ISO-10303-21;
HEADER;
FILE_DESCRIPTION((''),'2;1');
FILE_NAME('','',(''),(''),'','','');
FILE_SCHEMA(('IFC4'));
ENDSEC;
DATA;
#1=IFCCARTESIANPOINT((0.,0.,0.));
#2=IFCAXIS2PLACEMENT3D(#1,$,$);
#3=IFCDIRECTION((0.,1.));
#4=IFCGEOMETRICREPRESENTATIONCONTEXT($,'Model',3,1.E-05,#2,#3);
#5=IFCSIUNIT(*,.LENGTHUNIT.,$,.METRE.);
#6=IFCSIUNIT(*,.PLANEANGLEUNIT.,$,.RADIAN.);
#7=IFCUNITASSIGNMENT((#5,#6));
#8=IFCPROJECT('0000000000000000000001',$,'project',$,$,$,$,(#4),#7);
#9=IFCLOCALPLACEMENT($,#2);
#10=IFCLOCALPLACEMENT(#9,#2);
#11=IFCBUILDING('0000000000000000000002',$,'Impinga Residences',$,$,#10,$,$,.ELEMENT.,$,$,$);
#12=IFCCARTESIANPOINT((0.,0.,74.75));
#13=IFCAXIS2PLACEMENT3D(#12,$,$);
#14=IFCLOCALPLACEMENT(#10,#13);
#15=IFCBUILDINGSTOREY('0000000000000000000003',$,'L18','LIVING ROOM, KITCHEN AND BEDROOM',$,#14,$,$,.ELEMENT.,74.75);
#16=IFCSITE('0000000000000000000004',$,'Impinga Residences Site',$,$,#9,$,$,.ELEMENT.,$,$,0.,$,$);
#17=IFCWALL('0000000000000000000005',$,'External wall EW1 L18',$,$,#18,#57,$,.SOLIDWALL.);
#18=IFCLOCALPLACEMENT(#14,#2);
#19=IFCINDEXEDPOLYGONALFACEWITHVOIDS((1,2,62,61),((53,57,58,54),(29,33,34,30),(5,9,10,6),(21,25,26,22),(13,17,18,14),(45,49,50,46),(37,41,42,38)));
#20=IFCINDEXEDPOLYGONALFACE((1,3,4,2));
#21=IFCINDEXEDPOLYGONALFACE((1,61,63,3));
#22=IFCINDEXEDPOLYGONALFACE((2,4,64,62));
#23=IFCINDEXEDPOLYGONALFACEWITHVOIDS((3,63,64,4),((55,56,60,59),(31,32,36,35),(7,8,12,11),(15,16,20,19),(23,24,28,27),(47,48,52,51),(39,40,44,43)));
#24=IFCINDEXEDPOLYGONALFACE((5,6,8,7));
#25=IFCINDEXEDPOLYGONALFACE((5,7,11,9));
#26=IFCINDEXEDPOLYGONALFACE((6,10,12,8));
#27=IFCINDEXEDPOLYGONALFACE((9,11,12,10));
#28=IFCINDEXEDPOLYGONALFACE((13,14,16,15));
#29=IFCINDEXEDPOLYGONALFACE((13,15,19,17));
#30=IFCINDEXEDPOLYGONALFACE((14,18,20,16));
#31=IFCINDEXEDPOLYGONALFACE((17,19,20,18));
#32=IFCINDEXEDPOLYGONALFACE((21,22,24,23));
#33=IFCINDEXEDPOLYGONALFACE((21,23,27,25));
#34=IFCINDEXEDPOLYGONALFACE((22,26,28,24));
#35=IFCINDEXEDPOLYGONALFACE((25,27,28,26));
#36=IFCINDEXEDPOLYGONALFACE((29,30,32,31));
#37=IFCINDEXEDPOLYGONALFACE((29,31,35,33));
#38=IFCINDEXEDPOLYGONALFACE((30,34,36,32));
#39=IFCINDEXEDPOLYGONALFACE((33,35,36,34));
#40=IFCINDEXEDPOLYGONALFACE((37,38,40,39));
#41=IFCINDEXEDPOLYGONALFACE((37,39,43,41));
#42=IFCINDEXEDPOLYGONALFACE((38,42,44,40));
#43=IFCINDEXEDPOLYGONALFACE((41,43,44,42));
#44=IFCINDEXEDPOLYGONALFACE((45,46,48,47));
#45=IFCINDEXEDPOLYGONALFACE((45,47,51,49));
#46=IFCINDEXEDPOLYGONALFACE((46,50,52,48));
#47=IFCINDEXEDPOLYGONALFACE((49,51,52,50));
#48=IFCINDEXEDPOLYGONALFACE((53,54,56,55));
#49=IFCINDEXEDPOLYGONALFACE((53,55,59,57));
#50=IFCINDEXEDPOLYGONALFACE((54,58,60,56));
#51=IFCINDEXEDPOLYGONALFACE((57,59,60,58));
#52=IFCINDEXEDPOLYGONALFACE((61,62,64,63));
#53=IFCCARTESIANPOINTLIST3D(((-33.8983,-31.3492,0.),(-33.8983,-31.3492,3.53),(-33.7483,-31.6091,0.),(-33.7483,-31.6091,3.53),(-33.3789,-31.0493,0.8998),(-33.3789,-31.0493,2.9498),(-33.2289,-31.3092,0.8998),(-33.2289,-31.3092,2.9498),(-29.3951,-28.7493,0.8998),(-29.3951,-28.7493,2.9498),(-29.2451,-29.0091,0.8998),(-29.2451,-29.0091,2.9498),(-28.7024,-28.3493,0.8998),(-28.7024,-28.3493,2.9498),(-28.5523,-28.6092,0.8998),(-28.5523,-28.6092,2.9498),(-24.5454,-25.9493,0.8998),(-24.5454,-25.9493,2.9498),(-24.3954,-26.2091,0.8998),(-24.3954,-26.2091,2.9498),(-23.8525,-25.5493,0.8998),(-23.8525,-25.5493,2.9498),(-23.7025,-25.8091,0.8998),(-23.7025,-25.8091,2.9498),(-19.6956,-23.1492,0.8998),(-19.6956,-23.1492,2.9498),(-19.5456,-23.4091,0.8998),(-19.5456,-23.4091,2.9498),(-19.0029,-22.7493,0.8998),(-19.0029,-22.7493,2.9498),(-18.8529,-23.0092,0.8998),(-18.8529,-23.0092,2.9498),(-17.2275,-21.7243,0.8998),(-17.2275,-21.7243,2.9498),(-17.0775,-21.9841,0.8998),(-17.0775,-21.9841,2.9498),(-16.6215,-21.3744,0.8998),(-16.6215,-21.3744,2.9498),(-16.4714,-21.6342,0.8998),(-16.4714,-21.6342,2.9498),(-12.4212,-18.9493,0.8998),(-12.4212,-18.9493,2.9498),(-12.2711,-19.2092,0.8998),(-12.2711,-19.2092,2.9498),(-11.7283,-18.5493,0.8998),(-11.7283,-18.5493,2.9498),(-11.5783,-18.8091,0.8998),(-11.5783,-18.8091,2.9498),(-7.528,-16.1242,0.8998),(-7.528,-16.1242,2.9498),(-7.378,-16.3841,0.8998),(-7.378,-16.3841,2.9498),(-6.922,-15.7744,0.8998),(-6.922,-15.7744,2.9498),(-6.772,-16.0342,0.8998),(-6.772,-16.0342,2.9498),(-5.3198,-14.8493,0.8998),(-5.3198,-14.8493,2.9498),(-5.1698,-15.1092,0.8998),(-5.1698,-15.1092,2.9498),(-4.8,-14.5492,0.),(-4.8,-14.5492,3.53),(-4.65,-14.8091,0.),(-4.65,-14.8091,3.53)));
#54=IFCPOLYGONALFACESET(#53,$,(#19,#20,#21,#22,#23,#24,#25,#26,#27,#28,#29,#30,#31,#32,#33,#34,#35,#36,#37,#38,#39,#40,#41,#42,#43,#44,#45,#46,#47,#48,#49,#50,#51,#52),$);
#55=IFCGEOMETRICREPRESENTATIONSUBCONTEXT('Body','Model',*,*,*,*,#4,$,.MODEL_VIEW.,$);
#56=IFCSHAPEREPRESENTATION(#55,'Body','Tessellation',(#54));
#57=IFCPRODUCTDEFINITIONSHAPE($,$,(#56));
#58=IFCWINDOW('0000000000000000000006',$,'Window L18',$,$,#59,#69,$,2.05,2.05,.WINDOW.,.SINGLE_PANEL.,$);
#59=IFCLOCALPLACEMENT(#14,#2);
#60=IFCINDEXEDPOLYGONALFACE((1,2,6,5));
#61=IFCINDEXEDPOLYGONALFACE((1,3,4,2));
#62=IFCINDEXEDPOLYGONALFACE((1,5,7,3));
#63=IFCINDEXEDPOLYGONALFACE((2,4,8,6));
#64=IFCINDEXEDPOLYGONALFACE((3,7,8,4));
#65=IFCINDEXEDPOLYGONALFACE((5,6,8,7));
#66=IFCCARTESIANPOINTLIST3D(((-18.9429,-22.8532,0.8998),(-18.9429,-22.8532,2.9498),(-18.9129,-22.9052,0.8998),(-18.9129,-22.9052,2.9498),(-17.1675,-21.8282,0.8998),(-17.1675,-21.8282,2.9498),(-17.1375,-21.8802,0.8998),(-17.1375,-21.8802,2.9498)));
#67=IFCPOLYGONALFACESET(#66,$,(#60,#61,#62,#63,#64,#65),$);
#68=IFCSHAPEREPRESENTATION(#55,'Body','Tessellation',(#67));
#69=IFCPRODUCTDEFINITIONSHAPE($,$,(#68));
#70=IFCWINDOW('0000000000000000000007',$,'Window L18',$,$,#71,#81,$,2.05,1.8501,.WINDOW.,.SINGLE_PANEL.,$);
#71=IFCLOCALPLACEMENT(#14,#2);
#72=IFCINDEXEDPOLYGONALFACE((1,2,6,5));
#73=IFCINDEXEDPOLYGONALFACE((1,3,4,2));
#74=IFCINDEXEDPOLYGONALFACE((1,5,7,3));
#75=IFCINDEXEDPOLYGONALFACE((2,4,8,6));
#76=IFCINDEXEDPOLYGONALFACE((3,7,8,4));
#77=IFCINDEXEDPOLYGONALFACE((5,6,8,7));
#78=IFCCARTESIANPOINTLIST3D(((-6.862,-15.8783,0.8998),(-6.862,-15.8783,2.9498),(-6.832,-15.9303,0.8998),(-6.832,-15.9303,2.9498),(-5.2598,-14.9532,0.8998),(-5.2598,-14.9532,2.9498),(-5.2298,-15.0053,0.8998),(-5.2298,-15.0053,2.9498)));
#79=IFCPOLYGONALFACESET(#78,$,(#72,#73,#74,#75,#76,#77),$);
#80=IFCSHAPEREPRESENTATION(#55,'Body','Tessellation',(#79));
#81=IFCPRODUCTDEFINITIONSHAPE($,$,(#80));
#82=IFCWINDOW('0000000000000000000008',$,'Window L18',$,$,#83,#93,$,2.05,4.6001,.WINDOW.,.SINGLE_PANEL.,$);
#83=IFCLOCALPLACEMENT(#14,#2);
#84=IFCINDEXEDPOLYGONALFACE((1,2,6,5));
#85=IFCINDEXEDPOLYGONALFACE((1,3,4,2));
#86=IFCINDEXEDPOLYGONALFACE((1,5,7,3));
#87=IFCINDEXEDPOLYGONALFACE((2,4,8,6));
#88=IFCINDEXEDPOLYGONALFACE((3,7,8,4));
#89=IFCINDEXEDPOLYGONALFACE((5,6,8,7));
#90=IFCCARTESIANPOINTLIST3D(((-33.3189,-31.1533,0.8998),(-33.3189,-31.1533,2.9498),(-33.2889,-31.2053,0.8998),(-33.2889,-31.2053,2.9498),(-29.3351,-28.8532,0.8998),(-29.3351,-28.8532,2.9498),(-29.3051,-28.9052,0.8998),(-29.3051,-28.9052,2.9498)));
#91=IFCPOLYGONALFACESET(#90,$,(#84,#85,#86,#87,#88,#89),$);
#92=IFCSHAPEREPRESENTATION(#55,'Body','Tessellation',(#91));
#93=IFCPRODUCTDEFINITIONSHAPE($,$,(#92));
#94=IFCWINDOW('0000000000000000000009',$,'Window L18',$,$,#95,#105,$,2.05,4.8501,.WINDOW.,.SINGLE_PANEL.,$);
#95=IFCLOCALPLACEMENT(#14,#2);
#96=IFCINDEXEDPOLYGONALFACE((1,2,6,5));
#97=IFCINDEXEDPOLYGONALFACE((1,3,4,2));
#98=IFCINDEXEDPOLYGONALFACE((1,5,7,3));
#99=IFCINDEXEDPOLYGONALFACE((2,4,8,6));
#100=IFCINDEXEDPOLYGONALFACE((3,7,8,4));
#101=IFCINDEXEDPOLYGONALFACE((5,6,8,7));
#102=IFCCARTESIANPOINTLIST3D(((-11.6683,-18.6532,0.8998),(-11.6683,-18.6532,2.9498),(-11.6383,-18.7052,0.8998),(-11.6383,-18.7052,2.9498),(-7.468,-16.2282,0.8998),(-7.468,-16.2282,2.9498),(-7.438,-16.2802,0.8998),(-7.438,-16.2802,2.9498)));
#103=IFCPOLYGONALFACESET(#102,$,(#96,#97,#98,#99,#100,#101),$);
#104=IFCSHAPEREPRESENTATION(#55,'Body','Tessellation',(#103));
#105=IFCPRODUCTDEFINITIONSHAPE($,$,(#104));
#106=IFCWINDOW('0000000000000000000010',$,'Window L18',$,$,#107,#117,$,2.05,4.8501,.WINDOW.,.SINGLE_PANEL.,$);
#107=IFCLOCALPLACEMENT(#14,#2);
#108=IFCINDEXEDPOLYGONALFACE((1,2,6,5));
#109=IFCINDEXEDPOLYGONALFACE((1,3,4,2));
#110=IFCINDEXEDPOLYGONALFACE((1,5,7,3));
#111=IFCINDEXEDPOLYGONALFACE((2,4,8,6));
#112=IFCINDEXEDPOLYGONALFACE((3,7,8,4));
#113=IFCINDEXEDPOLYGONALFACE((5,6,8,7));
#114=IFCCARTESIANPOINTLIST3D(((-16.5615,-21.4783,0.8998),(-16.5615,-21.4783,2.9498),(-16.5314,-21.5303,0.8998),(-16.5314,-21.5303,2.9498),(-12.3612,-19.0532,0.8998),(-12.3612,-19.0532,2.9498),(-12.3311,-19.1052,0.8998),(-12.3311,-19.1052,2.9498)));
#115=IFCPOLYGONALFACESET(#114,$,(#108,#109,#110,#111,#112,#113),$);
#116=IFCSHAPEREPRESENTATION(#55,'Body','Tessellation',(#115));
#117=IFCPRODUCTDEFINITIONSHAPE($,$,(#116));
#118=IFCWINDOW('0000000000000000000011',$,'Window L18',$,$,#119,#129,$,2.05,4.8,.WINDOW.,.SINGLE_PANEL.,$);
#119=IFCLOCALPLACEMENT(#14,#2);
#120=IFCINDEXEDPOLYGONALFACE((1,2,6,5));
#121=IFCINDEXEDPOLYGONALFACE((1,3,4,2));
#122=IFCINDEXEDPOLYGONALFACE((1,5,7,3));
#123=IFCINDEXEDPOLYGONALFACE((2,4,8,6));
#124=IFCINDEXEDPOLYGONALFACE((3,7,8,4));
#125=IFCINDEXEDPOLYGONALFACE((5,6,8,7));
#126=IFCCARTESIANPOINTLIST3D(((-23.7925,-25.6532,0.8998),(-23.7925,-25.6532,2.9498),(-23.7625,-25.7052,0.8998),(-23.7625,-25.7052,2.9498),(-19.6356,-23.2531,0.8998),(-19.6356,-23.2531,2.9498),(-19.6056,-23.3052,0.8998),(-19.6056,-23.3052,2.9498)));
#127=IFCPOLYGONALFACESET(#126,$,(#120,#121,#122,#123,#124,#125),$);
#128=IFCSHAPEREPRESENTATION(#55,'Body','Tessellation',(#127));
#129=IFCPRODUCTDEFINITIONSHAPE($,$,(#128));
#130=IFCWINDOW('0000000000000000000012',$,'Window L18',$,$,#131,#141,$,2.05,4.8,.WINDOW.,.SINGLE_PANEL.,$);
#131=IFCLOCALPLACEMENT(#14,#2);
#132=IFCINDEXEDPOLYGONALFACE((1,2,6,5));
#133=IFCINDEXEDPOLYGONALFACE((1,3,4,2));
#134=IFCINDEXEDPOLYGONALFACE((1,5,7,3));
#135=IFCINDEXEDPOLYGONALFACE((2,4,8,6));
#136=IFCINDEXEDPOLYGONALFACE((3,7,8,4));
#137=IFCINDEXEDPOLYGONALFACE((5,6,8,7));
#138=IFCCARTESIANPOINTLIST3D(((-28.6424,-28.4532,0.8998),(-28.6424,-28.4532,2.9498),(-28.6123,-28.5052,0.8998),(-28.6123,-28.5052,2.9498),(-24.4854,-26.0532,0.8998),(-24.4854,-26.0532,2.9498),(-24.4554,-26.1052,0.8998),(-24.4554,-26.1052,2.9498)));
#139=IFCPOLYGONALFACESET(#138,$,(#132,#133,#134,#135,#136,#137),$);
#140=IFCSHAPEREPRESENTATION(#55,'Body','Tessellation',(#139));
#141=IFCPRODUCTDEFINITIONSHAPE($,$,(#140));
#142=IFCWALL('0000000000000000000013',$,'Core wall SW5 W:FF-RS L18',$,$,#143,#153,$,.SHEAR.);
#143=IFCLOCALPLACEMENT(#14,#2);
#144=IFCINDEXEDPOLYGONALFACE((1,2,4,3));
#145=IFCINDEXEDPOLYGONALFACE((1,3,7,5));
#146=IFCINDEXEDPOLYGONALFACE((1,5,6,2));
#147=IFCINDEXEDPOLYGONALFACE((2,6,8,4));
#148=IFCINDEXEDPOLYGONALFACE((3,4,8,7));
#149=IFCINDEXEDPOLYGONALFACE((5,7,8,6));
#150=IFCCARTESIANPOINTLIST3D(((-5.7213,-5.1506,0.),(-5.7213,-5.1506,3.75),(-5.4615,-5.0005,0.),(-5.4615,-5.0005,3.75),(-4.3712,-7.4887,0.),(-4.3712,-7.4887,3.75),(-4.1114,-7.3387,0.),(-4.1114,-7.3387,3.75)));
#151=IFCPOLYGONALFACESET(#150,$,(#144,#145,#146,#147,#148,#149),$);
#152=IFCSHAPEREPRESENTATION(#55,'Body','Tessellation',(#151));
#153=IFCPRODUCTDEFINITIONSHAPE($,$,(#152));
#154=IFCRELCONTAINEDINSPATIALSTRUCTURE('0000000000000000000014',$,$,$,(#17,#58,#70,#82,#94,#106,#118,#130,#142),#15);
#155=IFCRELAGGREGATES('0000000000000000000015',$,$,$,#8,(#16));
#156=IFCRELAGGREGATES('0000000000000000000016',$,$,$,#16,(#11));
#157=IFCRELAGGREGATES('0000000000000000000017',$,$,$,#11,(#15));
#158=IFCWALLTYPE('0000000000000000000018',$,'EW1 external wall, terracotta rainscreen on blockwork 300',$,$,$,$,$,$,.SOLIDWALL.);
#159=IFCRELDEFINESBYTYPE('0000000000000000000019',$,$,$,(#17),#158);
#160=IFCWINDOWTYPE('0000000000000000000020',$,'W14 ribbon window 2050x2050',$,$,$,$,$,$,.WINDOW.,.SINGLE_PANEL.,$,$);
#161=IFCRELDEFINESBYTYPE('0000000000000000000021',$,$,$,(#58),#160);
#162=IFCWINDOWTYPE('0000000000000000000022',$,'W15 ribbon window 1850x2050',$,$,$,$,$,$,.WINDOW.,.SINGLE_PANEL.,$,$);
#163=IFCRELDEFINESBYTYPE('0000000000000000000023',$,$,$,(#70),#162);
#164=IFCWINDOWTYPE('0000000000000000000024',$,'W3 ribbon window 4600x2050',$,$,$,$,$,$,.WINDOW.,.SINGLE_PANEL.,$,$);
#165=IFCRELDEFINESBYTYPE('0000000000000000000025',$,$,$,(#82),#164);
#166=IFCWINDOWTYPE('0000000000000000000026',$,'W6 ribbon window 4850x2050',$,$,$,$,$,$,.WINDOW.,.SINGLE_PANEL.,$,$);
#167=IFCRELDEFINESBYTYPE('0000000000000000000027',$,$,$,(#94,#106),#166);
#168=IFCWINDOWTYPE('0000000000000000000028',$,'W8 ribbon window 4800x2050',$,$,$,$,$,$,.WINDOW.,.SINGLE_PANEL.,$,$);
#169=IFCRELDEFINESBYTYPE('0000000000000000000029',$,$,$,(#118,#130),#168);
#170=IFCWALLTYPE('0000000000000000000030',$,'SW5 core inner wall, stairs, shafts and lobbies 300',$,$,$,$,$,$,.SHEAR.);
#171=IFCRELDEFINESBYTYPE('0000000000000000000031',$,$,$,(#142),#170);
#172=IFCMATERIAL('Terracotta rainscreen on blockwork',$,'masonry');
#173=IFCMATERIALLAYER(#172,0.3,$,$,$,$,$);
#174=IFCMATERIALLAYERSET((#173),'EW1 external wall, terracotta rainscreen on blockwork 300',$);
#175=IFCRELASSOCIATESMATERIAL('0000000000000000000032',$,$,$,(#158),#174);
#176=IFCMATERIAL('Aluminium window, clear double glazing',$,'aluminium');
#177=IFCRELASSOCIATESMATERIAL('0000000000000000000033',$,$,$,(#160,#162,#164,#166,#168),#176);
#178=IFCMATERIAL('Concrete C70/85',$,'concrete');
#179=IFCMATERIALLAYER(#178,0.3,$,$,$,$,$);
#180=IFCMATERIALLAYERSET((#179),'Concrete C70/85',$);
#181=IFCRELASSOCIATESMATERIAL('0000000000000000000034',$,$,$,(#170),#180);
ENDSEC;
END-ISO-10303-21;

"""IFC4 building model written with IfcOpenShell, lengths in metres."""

from ifc_helpers import new_model, si_unit, direction, frame, frame_2d, origin, place, context, subcontext, project, spatial, rectangle, extrude, material, layer, layer_set, type_object, element, fill, save


model = new_model("IFC4")

# Units and contexts
model_context = context("Model", 3, precision=1e-05, world=origin(), true_north=direction((0.0, 1.0)))
body_context = subcontext(model_context, "Body", "Model", "MODEL_VIEW")
ifc_project = project(units=[si_unit("LENGTHUNIT", "METRE"), si_unit("PLANEANGLEUNIT", "RADIAN")], contexts=[model_context])

# Site, building, storey
site_placement = place(None, origin())
site = spatial("IfcSite", under=ifc_project, at=site_placement, Name="Impinga Residences Site", CompositionType="ELEMENT", RefElevation=0.0)
building_placement = place(site_placement, origin())
building = spatial("IfcBuilding", under=site, at=building_placement, Name="Impinga Residences", CompositionType="ELEMENT")
storey_placement = place(building_placement, frame((0.0, 0.0, 74.75)))
storey = spatial("IfcBuildingStorey", under=building, at=storey_placement, Name="L18", Description="LIVING ROOM, KITCHEN AND BEDROOM", CompositionType="ELEMENT", Elevation=74.75)

# Shared definitions
ifc_material_1 = material(Name="Concrete C70/85", Category="concrete")

# Shared definitions
ifc_material_2 = material(Name="Terracotta rainscreen on blockwork", Category="masonry")
ifc_layer_1 = layer(ifc_material_2, 0.3)
ifc_layer_set_1 = layer_set([ifc_layer_1], Name="EW1 external wall, terracotta rainscreen on blockwork 300")
wall_type_1 = type_object("IfcWallType", Name="EW1 external wall, terracotta rainscreen on blockwork 300", PredefinedType="SOLIDWALL", material=ifc_layer_set_1)

# Wall, openings, windows
wall_1_placement = place(storey_placement, frame((-4.7251, -14.6792, 0.0), z_axis=(0.0, 0.0, 1.0), x_axis=(-0.866024, -0.500002, 0.0)))
wall_1 = element("IfcWall", 1, at=wall_1_placement, inside=storey, type_object=wall_type_1, Name="External wall EW1 L18", PredefinedType="SOLIDWALL", context=body_context, shape_type="SweptSolid", body=[
    extrude(rectangle(XDim=33.5999, YDim=0.3, at=frame_2d((16.7998, 0.0))), origin(), (0.0, 0.0, 1.0), 3.53),
])
opening_1_placement = place(wall_1_placement, frame((0.6001, 0.0, 0.8999)))
opening_1 = element("IfcOpeningElement", 2, at=opening_1_placement, cuts=wall_1, PredefinedType="OPENING", context=body_context, shape_type="SweptSolid", body=[
    extrude(rectangle(XDim=1.8501, YDim=2.05, at=frame_2d((0.925, 1.0249))), frame((0.0, 0.1599, 0.0), z_axis=(0.0, -1.0, 0.0), x_axis=(1.0, 0.0, 0.0)), (0.0, 0.0, 1.0), 0.3201),
])
opening_2_placement = place(wall_1_placement, frame((3.1499, 0.0, 0.8999)))
opening_2 = element("IfcOpeningElement", 3, at=opening_2_placement, cuts=wall_1, PredefinedType="OPENING", context=body_context, shape_type="SweptSolid", body=[
    extrude(rectangle(XDim=4.8501, YDim=2.05, at=frame_2d((2.425, 1.0249))), frame((0.0, 0.1599, 0.0), z_axis=(0.0, -1.0, 0.0), x_axis=(1.0, 0.0, 0.0)), (0.0, 0.0, 1.0), 0.3201),
])
opening_3_placement = place(wall_1_placement, frame((8.8, 0.0, 0.8999)))
opening_3 = element("IfcOpeningElement", 4, at=opening_3_placement, cuts=wall_1, PredefinedType="OPENING", context=body_context, shape_type="SweptSolid", body=[
    extrude(rectangle(XDim=4.8501, YDim=2.05, at=frame_2d((2.425, 1.0249))), frame((0.0, 0.1599, 0.0), z_axis=(0.0, -1.0, 0.0), x_axis=(1.0, 0.0, 0.0)), (0.0, 0.0, 1.0), 0.3201),
])
opening_4_placement = place(wall_1_placement, frame((14.3501, 0.0, 0.8999)))
opening_4 = element("IfcOpeningElement", 5, at=opening_4_placement, cuts=wall_1, PredefinedType="OPENING", context=body_context, shape_type="SweptSolid", body=[
    extrude(rectangle(XDim=2.05, YDim=2.05, at=frame_2d((1.0249, 1.0249))), frame((0.0, 0.1599, 0.0), z_axis=(0.0, -1.0, 0.0), x_axis=(1.0, 0.0, 0.0)), (0.0, 0.0, 1.0), 0.3201),
])
opening_5_placement = place(wall_1_placement, frame((17.2, 0.0, 0.8999)))
opening_5 = element("IfcOpeningElement", 6, at=opening_5_placement, cuts=wall_1, PredefinedType="OPENING", context=body_context, shape_type="SweptSolid", body=[
    extrude(rectangle(XDim=4.8, YDim=2.05, at=frame_2d((2.3999, 1.0249))), frame((0.0, 0.1599, 0.0), z_axis=(0.0, -1.0, 0.0), x_axis=(1.0, 0.0, 0.0)), (0.0, 0.0, 1.0), 0.3201),
])
opening_6_placement = place(wall_1_placement, frame((22.8, 0.0, 0.8999)))
opening_6 = element("IfcOpeningElement", 7, at=opening_6_placement, cuts=wall_1, PredefinedType="OPENING", context=body_context, shape_type="SweptSolid", body=[
    extrude(rectangle(XDim=4.8, YDim=2.05, at=frame_2d((2.3999, 1.0249))), frame((0.0, 0.1599, 0.0), z_axis=(0.0, -1.0, 0.0), x_axis=(1.0, 0.0, 0.0)), (0.0, 0.0, 1.0), 0.3201),
])
opening_7_placement = place(wall_1_placement, frame((28.3999, 0.0, 0.8999)))
opening_7 = element("IfcOpeningElement", 8, at=opening_7_placement, cuts=wall_1, PredefinedType="OPENING", context=body_context, shape_type="SweptSolid", body=[
    extrude(rectangle(XDim=4.6001, YDim=2.05, at=frame_2d((2.3, 1.0249))), frame((0.0, 0.1599, 0.0), z_axis=(0.0, -1.0, 0.0), x_axis=(1.0, 0.0, 0.0)), (0.0, 0.0, 1.0), 0.3201),
])
ifc_material_3 = material(Name="Aluminium window, clear double glazing", Category="aluminium")
window_type_1 = type_object("IfcWindowType", Name="W14 ribbon window 2050x2050", PartitioningType="SINGLE_PANEL", PredefinedType="WINDOW", material=ifc_material_3)
window_1_placement = place(opening_4_placement, origin())
window_1 = element("IfcWindow", 9, at=window_1_placement, inside=storey, type_object=window_type_1, Name="Window L18", OverallHeight=2.05, OverallWidth=2.05, PartitioningType="SINGLE_PANEL", PredefinedType="WINDOW", context=body_context, shape_type="SweptSolid", body=[
    extrude(rectangle(XDim=2.05, YDim=2.05, at=frame_2d((1.0249, 1.0249))), frame((0.0, 0.03, 0.0), z_axis=(0.0, -1.0, 0.0), x_axis=(1.0, 0.0, 0.0)), (0.0, 0.0, 1.0), 0.0601),
])
fill(opening_4, window_1)
window_type_2 = type_object("IfcWindowType", Name="W15 ribbon window 1850x2050", PartitioningType="SINGLE_PANEL", PredefinedType="WINDOW", material=ifc_material_3)
window_2_placement = place(opening_1_placement, origin())
window_2 = element("IfcWindow", 10, at=window_2_placement, inside=storey, type_object=window_type_2, Name="Window L18", OverallHeight=2.05, OverallWidth=1.8501, PartitioningType="SINGLE_PANEL", PredefinedType="WINDOW", context=body_context, shape_type="SweptSolid", body=[
    extrude(rectangle(XDim=1.8501, YDim=2.05, at=frame_2d((0.925, 1.0249))), frame((0.0, 0.03, 0.0), z_axis=(0.0, -1.0, 0.0), x_axis=(1.0, 0.0, 0.0)), (0.0, 0.0, 1.0), 0.0601),
])
fill(opening_1, window_2)
window_type_3 = type_object("IfcWindowType", Name="W3 ribbon window 4600x2050", PartitioningType="SINGLE_PANEL", PredefinedType="WINDOW", material=ifc_material_3)
window_3_placement = place(opening_7_placement, origin())
window_3 = element("IfcWindow", 11, at=window_3_placement, inside=storey, type_object=window_type_3, Name="Window L18", OverallHeight=2.05, OverallWidth=4.6001, PartitioningType="SINGLE_PANEL", PredefinedType="WINDOW", context=body_context, shape_type="SweptSolid", body=[
    extrude(rectangle(XDim=4.6001, YDim=2.05, at=frame_2d((2.3, 1.0249))), frame((0.0, 0.03, 0.0), z_axis=(0.0, -1.0, 0.0), x_axis=(1.0, 0.0, 0.0)), (0.0, 0.0, 1.0), 0.0601),
])
fill(opening_7, window_3)
window_type_4 = type_object("IfcWindowType", Name="W6 ribbon window 4850x2050", PartitioningType="SINGLE_PANEL", PredefinedType="WINDOW", material=ifc_material_3)
window_4_placement = place(opening_2_placement, origin())
window_4 = element("IfcWindow", 12, at=window_4_placement, inside=storey, type_object=window_type_4, Name="Window L18", OverallHeight=2.05, OverallWidth=4.8501, PartitioningType="SINGLE_PANEL", PredefinedType="WINDOW", context=body_context, shape_type="SweptSolid", body=[
    extrude(rectangle(XDim=4.8501, YDim=2.05, at=frame_2d((2.425, 1.0249))), frame((0.0, 0.03, 0.0), z_axis=(0.0, -1.0, 0.0), x_axis=(1.0, 0.0, 0.0)), (0.0, 0.0, 1.0), 0.0601),
])
fill(opening_2, window_4)
window_5_placement = place(opening_3_placement, origin())
window_5 = element("IfcWindow", 13, at=window_5_placement, inside=storey, type_object=window_type_4, Name="Window L18", OverallHeight=2.05, OverallWidth=4.8501, PartitioningType="SINGLE_PANEL", PredefinedType="WINDOW", context=body_context, shape_type="SweptSolid", body=[
    extrude(rectangle(XDim=4.8501, YDim=2.05, at=frame_2d((2.425, 1.0249))), frame((0.0, 0.03, 0.0), z_axis=(0.0, -1.0, 0.0), x_axis=(1.0, 0.0, 0.0)), (0.0, 0.0, 1.0), 0.0601),
])
fill(opening_3, window_5)
window_type_5 = type_object("IfcWindowType", Name="W8 ribbon window 4800x2050", PartitioningType="SINGLE_PANEL", PredefinedType="WINDOW", material=ifc_material_3)
window_6_placement = place(opening_5_placement, origin())
window_6 = element("IfcWindow", 14, at=window_6_placement, inside=storey, type_object=window_type_5, Name="Window L18", OverallHeight=2.05, OverallWidth=4.8, PartitioningType="SINGLE_PANEL", PredefinedType="WINDOW", context=body_context, shape_type="SweptSolid", body=[
    extrude(rectangle(XDim=4.8, YDim=2.05, at=frame_2d((2.3999, 1.0249))), frame((0.0, 0.03, 0.0), z_axis=(0.0, -1.0, 0.0), x_axis=(1.0, 0.0, 0.0)), (0.0, 0.0, 1.0), 0.0601),
])
fill(opening_5, window_6)
window_7_placement = place(opening_6_placement, origin())
window_7 = element("IfcWindow", 15, at=window_7_placement, inside=storey, type_object=window_type_5, Name="Window L18", OverallHeight=2.05, OverallWidth=4.8, PartitioningType="SINGLE_PANEL", PredefinedType="WINDOW", context=body_context, shape_type="SweptSolid", body=[
    extrude(rectangle(XDim=4.8, YDim=2.05, at=frame_2d((2.3999, 1.0249))), frame((0.0, 0.03, 0.0), z_axis=(0.0, -1.0, 0.0), x_axis=(1.0, 0.0, 0.0)), (0.0, 0.0, 1.0), 0.0601),
])
fill(opening_6, window_7)

# Wall
ifc_layer_2 = layer(ifc_material_1, 0.3)
ifc_layer_set_2 = layer_set([ifc_layer_2], Name="Concrete C70/85")
wall_type_2 = type_object("IfcWallType", Name="SW5 core inner wall, stairs, shafts and lobbies 300", PredefinedType="SHEAR", material=ifc_layer_set_2)
wall_2_placement = place(storey_placement, frame((-4.2412, -7.4138, 0.0), z_axis=(0.0, 0.0, 1.0), x_axis=(-0.500049, 0.865997, 0.0)))
element("IfcWall", 16, at=wall_2_placement, inside=storey, type_object=wall_type_2, Name="Core wall SW5 W:FF-RS L18", PredefinedType="SHEAR", context=body_context, shape_type="SweptSolid", body=[
    extrude(rectangle(XDim=2.7, YDim=0.3, at=frame_2d((1.3501, 0.0))), origin(), (0.0, 0.0, 1.0), 3.75),
])

save(model, "model.ifc")
